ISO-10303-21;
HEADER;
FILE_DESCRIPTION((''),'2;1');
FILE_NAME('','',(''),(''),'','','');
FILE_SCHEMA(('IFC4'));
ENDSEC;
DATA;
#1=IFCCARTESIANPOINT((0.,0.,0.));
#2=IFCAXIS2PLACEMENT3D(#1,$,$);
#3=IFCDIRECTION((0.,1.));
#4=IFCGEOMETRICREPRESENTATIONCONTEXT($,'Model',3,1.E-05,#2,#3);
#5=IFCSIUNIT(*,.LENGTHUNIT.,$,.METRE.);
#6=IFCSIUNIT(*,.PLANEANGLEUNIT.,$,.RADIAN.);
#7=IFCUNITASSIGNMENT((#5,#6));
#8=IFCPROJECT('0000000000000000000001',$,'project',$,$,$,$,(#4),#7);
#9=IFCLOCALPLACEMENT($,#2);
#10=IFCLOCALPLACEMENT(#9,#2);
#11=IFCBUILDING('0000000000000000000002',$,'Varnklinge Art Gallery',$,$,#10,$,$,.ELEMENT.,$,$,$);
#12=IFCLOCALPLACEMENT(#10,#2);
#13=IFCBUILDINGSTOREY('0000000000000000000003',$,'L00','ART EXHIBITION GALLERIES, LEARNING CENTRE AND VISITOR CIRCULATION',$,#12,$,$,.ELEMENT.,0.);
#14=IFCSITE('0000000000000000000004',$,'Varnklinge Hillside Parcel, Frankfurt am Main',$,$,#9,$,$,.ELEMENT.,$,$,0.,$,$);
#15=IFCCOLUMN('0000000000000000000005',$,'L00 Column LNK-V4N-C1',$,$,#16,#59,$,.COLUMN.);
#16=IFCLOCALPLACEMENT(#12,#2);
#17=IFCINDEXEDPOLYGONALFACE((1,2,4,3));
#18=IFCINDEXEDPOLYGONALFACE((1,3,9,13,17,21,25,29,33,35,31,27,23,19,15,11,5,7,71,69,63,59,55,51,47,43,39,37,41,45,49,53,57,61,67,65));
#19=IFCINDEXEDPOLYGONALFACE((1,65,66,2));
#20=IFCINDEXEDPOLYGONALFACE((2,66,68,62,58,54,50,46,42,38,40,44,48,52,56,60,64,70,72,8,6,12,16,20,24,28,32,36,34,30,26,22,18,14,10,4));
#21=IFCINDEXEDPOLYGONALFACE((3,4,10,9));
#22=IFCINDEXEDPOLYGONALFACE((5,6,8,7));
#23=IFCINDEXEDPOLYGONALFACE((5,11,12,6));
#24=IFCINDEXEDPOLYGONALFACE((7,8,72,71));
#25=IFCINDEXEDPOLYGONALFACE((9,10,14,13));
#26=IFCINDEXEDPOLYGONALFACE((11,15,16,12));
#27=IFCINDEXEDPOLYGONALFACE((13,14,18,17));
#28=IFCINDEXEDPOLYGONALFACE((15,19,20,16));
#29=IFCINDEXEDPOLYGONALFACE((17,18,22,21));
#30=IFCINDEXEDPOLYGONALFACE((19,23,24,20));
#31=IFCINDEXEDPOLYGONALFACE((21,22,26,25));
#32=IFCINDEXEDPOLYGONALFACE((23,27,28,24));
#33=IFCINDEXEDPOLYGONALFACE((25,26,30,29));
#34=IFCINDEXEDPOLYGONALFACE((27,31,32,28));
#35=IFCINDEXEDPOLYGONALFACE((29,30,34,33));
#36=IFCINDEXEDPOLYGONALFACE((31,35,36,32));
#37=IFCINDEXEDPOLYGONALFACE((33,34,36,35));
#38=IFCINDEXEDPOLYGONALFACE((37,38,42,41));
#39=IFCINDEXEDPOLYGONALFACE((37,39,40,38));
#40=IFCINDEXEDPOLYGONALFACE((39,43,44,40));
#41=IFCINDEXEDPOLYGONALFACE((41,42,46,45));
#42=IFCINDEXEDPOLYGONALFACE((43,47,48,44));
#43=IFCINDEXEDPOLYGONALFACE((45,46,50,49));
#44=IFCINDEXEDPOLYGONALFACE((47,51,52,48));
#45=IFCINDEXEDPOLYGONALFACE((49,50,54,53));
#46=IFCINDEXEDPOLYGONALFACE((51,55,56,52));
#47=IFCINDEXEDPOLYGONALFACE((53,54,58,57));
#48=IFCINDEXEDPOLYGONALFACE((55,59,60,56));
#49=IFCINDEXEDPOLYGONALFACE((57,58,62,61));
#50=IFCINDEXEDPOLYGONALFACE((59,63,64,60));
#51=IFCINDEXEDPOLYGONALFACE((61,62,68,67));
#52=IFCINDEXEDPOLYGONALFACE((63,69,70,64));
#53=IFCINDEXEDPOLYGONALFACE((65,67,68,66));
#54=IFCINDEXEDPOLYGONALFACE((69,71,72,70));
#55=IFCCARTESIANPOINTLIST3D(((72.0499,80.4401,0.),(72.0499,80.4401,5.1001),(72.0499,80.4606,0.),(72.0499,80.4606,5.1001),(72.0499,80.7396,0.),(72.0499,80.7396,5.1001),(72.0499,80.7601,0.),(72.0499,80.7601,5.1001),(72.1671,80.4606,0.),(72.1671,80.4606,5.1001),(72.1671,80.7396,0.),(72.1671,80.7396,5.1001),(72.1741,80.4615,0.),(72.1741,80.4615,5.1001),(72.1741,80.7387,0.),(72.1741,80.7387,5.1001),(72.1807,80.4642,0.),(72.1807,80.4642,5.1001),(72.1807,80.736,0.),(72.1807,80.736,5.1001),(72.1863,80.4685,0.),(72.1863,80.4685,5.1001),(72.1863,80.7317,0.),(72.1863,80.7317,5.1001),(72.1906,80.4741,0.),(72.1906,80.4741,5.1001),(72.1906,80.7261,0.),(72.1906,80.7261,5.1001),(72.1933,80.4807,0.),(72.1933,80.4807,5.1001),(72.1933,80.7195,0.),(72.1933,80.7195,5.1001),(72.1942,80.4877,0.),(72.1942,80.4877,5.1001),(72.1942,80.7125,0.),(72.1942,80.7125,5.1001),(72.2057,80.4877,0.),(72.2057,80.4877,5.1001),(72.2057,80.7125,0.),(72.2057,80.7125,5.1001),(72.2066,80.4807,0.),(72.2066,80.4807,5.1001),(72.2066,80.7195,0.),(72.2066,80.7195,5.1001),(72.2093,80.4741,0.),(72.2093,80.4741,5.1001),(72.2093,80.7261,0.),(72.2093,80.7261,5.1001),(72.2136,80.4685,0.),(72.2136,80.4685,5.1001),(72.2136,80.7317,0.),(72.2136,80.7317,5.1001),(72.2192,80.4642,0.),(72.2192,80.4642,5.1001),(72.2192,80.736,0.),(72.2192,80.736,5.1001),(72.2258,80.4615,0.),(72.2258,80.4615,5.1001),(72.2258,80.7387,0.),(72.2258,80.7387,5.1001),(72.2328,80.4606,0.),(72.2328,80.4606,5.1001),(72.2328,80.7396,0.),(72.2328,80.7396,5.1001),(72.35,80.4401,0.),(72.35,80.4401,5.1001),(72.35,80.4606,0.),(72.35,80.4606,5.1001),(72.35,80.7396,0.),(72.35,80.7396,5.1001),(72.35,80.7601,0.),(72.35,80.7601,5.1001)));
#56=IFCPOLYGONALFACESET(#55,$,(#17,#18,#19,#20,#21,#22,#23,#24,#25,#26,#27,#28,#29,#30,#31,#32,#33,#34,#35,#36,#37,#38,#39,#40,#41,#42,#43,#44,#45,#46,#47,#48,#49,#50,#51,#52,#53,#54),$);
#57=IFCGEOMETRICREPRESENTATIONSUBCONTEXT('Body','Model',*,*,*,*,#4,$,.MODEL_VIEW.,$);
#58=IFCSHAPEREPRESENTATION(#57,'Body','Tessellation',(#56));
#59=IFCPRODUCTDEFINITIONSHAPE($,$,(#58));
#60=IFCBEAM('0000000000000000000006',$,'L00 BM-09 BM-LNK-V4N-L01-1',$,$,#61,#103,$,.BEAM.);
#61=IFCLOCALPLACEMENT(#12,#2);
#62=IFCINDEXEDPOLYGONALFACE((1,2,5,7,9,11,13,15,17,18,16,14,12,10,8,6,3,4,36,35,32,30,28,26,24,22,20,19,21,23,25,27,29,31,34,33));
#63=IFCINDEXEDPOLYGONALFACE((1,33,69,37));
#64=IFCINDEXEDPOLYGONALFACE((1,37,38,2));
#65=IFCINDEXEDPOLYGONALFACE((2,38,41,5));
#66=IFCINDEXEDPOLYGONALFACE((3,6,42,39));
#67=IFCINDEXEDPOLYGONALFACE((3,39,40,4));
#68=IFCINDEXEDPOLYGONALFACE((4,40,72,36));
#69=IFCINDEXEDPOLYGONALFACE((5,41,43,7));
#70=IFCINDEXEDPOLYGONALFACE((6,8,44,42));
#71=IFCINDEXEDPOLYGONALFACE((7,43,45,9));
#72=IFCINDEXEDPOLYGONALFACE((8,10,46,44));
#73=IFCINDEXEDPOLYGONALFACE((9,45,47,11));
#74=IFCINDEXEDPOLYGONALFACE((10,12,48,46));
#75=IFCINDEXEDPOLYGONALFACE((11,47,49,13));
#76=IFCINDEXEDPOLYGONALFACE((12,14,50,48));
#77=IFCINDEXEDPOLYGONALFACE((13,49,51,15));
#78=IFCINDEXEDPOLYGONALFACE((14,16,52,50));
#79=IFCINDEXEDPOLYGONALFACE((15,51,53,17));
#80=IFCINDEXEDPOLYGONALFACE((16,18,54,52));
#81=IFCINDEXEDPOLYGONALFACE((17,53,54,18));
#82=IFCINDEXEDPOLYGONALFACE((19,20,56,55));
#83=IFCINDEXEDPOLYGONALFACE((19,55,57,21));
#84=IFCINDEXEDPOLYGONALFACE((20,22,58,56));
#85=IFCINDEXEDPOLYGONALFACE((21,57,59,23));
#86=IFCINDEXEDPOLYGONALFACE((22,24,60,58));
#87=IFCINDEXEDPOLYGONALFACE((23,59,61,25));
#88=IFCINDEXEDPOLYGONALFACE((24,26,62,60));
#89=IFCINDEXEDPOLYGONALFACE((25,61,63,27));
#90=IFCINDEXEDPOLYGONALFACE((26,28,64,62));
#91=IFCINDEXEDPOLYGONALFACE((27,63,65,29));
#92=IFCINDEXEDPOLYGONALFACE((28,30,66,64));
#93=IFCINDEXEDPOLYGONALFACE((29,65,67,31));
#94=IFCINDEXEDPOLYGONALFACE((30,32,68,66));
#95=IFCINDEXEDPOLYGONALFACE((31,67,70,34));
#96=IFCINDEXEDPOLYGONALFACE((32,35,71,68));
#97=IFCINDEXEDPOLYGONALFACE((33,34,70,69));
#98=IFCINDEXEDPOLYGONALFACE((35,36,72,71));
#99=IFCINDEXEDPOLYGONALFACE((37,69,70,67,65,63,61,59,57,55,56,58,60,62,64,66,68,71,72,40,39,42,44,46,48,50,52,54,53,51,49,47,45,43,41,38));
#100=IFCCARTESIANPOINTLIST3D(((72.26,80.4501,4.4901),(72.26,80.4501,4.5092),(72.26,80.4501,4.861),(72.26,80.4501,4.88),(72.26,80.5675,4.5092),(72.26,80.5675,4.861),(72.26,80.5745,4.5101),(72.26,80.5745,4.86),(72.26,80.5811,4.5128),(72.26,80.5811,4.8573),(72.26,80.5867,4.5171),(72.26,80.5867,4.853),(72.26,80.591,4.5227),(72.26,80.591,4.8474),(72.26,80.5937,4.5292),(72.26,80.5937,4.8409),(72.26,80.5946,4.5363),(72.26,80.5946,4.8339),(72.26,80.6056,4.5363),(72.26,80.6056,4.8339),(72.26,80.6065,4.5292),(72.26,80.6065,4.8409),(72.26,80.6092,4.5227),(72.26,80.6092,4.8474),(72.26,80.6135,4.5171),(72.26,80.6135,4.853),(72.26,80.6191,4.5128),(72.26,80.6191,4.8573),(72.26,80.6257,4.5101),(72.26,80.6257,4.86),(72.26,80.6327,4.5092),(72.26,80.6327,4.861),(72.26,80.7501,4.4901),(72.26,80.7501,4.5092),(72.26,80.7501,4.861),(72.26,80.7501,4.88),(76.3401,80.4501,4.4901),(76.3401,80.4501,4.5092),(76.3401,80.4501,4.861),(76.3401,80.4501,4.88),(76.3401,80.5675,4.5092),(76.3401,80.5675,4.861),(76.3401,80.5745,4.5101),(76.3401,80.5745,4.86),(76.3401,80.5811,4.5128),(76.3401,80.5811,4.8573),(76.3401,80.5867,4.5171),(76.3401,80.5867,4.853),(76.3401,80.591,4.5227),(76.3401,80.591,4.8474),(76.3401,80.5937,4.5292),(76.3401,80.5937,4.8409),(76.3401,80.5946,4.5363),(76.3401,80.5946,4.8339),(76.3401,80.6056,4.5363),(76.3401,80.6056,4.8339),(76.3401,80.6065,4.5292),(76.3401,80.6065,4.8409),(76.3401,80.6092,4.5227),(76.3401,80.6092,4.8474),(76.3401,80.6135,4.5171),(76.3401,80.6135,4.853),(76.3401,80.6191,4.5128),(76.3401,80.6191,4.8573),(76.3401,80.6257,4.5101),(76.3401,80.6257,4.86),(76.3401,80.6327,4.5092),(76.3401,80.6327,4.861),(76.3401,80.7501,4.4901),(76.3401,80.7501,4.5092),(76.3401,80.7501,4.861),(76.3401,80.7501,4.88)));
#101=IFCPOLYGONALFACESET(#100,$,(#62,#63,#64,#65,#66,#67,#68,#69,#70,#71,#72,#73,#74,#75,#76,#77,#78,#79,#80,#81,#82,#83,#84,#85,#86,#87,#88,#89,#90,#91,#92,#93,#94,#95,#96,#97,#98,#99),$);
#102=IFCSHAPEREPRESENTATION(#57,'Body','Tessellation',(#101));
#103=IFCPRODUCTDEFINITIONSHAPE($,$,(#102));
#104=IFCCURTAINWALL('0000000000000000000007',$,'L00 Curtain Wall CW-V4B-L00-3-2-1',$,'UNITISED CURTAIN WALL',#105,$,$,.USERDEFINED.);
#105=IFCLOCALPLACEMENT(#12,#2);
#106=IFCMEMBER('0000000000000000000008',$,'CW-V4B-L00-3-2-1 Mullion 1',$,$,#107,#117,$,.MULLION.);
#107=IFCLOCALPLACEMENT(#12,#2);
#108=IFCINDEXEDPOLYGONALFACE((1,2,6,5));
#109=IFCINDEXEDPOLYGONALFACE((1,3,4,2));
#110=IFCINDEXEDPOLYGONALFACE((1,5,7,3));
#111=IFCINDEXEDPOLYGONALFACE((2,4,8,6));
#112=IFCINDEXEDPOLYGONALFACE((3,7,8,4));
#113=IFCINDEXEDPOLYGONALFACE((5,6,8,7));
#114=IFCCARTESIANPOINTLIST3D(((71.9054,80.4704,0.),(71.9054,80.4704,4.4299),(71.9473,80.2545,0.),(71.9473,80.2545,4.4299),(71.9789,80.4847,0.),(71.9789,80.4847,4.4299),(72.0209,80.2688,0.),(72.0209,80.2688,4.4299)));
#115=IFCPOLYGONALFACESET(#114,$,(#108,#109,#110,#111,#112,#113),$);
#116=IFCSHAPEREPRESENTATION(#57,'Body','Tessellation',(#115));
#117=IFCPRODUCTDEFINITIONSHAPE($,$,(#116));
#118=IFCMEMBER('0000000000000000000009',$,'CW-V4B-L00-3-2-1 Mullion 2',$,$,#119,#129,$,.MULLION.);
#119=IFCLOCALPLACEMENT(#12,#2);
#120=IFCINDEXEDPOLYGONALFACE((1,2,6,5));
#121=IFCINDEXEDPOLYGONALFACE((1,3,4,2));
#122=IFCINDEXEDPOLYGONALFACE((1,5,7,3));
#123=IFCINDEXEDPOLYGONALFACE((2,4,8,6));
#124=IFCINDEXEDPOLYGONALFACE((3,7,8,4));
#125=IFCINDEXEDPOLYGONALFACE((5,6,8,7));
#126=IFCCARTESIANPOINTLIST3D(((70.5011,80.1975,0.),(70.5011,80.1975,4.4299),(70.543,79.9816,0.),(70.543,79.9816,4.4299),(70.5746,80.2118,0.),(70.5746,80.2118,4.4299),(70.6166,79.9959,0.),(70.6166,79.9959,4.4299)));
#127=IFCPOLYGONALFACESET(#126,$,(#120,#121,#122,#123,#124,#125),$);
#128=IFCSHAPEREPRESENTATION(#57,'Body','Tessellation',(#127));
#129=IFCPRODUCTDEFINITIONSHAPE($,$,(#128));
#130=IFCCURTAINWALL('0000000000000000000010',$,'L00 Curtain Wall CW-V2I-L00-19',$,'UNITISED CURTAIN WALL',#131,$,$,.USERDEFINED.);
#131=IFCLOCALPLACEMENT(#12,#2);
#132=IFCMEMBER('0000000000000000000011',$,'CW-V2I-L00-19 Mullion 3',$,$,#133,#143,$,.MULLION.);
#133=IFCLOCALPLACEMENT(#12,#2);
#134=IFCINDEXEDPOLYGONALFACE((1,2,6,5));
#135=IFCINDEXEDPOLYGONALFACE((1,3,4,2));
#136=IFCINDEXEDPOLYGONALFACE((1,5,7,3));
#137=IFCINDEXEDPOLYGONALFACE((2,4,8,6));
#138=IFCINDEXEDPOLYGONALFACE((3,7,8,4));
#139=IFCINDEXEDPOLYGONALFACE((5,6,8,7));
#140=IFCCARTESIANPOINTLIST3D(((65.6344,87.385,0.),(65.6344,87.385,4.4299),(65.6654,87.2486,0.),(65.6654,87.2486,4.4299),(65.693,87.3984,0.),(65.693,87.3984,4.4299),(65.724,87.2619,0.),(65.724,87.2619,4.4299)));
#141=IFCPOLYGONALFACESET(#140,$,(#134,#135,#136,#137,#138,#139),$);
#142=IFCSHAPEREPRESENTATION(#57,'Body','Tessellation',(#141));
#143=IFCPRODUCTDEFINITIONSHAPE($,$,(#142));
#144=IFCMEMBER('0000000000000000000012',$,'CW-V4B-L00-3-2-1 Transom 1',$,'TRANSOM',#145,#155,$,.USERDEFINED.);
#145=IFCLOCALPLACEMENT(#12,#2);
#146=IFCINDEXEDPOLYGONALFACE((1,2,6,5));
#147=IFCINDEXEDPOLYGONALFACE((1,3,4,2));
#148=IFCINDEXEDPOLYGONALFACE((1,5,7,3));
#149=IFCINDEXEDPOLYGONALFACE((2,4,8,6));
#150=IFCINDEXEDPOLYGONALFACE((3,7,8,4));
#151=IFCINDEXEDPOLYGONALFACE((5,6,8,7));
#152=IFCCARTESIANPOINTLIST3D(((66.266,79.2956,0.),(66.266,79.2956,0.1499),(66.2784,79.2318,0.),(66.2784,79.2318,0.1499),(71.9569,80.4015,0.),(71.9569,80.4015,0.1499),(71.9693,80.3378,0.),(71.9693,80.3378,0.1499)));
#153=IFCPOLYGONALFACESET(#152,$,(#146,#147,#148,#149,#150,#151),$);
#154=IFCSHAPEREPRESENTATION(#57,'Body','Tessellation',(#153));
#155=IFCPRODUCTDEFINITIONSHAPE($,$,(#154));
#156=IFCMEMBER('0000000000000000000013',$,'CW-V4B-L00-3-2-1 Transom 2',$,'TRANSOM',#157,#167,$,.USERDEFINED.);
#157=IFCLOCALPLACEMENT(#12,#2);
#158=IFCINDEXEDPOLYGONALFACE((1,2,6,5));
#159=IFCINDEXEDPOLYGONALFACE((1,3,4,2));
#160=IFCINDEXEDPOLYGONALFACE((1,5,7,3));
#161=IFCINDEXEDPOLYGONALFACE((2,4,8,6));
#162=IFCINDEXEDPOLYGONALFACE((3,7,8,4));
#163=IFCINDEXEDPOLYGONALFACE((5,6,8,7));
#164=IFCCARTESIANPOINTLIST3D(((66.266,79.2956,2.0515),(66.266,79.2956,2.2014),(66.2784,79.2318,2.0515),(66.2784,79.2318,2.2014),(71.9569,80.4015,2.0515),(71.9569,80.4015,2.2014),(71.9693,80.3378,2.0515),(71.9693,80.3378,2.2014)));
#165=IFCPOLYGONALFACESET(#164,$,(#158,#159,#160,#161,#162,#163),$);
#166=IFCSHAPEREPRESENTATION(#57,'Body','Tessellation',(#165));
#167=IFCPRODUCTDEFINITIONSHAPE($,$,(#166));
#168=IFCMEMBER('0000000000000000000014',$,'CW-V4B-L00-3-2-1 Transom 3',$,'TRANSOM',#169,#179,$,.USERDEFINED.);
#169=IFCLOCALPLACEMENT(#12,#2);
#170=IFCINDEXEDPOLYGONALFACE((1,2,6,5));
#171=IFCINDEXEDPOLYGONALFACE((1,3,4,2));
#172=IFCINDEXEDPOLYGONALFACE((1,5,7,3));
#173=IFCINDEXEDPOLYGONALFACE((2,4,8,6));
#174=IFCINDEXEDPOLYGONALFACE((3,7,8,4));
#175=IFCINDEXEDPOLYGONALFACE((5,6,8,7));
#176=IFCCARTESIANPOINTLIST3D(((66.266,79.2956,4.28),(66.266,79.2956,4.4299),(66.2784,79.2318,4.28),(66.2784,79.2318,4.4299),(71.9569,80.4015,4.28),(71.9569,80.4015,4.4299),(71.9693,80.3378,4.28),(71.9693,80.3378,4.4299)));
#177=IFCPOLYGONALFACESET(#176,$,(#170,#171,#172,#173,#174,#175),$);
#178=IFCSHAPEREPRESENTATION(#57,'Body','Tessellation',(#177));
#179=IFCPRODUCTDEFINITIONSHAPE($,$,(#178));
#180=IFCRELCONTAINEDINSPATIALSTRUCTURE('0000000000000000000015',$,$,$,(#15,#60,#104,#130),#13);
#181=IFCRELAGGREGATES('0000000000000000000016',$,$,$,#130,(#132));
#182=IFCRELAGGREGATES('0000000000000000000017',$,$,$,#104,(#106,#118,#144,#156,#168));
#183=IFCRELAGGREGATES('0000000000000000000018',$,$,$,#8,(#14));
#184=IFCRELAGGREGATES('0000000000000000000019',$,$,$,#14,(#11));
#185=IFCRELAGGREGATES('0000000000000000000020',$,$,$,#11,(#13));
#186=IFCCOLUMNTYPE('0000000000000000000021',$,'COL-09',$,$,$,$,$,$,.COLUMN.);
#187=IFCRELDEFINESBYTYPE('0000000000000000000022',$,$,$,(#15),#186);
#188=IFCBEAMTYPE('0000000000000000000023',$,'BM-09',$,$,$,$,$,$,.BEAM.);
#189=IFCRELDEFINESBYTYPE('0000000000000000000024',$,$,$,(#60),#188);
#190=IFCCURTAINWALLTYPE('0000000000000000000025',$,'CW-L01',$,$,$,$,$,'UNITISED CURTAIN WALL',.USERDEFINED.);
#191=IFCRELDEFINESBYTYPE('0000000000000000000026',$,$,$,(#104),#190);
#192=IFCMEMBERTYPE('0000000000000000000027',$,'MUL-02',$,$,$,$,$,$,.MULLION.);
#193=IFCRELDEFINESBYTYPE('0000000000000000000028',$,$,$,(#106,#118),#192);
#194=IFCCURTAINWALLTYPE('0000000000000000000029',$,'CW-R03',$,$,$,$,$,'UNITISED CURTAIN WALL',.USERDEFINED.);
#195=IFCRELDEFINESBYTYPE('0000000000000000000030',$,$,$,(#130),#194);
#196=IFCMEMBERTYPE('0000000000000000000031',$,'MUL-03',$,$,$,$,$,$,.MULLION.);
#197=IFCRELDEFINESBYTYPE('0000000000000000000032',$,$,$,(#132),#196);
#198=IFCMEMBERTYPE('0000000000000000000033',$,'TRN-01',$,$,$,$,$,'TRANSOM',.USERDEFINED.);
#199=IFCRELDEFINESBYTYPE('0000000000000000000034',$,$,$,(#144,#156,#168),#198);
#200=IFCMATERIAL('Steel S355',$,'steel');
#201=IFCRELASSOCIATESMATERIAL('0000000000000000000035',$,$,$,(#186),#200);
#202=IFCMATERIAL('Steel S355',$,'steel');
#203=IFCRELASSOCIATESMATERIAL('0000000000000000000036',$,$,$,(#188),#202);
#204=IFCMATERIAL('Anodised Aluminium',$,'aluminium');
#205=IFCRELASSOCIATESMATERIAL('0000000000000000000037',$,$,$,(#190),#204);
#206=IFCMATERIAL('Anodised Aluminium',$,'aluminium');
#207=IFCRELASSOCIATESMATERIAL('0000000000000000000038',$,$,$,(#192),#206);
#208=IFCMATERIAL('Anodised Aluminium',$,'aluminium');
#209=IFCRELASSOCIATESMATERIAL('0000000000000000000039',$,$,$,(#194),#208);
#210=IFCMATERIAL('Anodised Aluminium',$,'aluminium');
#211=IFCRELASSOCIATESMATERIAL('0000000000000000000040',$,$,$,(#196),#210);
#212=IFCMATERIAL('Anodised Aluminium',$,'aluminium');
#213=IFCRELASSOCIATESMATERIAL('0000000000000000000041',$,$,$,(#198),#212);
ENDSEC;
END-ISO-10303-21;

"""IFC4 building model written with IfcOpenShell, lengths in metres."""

from ifc_helpers import new_model, si_unit, direction, frame, origin, origin_2d, place, context, subcontext, project, spatial, rectangle, i_section, extrude, material, material_profile, profile_set, type_object, element, aggregate, save


model = new_model("IFC4")

# Units and contexts
model_context = context("Model", 3, precision=1e-05, world=origin(), true_north=direction((0.0, 1.0)))
body_context = subcontext(model_context, "Body", "Model", "MODEL_VIEW")
ifc_project = project(units=[si_unit("LENGTHUNIT", "METRE"), si_unit("PLANEANGLEUNIT", "RADIAN")], contexts=[model_context])

# Site, building, storey
site_placement = place(None, origin())
site = spatial("IfcSite", under=ifc_project, at=site_placement, Name="Varnklinge Hillside Parcel, Frankfurt am Main", CompositionType="ELEMENT", RefElevation=0.0)
building_placement = place(site_placement, origin())
building = spatial("IfcBuilding", under=site, at=building_placement, Name="Varnklinge Art Gallery", CompositionType="ELEMENT")
storey_placement = place(building_placement, origin())
storey = spatial("IfcBuildingStorey", under=building, at=storey_placement, Name="L00", Description="ART EXHIBITION GALLERIES, LEARNING CENTRE AND VISITOR CIRCULATION", CompositionType="ELEMENT", Elevation=0.0)

# Column
ifc_material_1 = material(Name="Steel S355", Category="steel")
ifc_material_profile_1 = material_profile(ifc_material_1, i_section(OverallWidth=0.3, OverallDepth=0.3201, WebThickness=0.0115, FlangeThickness=0.0205, FilletRadius=0.0271, at=origin_2d()), Name="HEB 320")
ifc_profile_set_1 = profile_set([ifc_material_profile_1], Name="Steel S355")
column_type = type_object("IfcColumnType", Name="COL-09", PredefinedType="COLUMN", material=ifc_profile_set_1)
column_placement = place(storey_placement, frame((72.2, 80.6001, 0.0), z_axis=(0.0, 0.0, 1.0), x_axis=(1.0, 0.0, 0.0)))
element("IfcColumn", 1, at=column_placement, inside=storey, type_object=column_type, Name="L00 Column LNK-V4N-C1", PredefinedType="COLUMN", context=body_context, shape_type="SweptSolid", body=[
    extrude(i_section(OverallWidth=0.3, OverallDepth=0.3201, WebThickness=0.0115, FlangeThickness=0.0205, FilletRadius=0.0271, at=origin_2d()), origin(), (0.0, 0.0, 1.0), 5.1001),
])

# Beam
ifc_material_2 = material(Name="Steel S355", Category="steel")
ifc_material_profile_2 = material_profile(ifc_material_2, i_section(OverallWidth=0.3, OverallDepth=0.3899, WebThickness=0.011, FlangeThickness=0.019, FilletRadius=0.0271, at=origin_2d()), Name="HEA 400")
ifc_profile_set_2 = profile_set([ifc_material_profile_2], Name="Steel S355")
beam_type = type_object("IfcBeamType", Name="BM-09", PredefinedType="BEAM", material=ifc_profile_set_2)
beam_placement = place(storey_placement, frame((72.26, 80.6001, 4.6851), z_axis=(1.0, 0.0, 0.0), x_axis=(0.0, 1.0, 0.0)))
element("IfcBeam", 2, at=beam_placement, inside=storey, type_object=beam_type, Name="L00 BM-09 BM-LNK-V4N-L01-1", PredefinedType="BEAM", context=body_context, shape_type="SweptSolid", body=[
    extrude(i_section(OverallWidth=0.3, OverallDepth=0.3899, WebThickness=0.011, FlangeThickness=0.019, FilletRadius=0.0271, at=origin_2d()), origin(), (0.0, 0.0, 1.0), 4.0801),
])

# Curtain wall, members
ifc_material_3 = material(Name="Anodised Aluminium", Category="aluminium")
curtain_wall_type_1 = type_object("IfcCurtainWallType", Name="CW-L01", ElementType="UNITISED CURTAIN WALL", PredefinedType="USERDEFINED", material=ifc_material_3)
curtain_wall_1_placement = place(storey_placement, origin())
curtain_wall_1 = element("IfcCurtainWall", 3, at=curtain_wall_1_placement, inside=storey, type_object=curtain_wall_type_1, Name="L00 Curtain Wall CW-V4B-L00-3-2-1", ObjectType="UNITISED CURTAIN WALL", PredefinedType="USERDEFINED")
ifc_material_4 = material(Name="Anodised Aluminium", Category="aluminium")
ifc_material_profile_3 = material_profile(ifc_material_4, rectangle(XDim=0.075, YDim=0.22, at=origin_2d()), Name="ALU 75x220")
ifc_profile_set_3 = profile_set([ifc_material_profile_3], Name="Anodised Aluminium")
member_type_1 = type_object("IfcMemberType", Name="MUL-02", PredefinedType="MULLION", material=ifc_profile_set_3)
member_1_placement = place(storey_placement, frame((71.9631, 80.3696, 0.0), z_axis=(0.0, 0.0, 1.0), x_axis=(-0.981627, -0.190809, 0.0)))
member_1 = element("IfcMember", 4, at=member_1_placement, type_object=member_type_1, Name="CW-V4B-L00-3-2-1 Mullion 1", PredefinedType="MULLION", context=body_context, shape_type="SweptSolid", body=[
    extrude(rectangle(XDim=0.075, YDim=0.22, at=origin_2d()), origin(), (0.0, 0.0, 1.0), 4.4299),
])
member_2_placement = place(storey_placement, frame((70.5588, 80.0967, 0.0), z_axis=(0.0, 0.0, 1.0), x_axis=(-0.981627, -0.190809, 0.0)))
member_2 = element("IfcMember", 5, at=member_2_placement, type_object=member_type_1, Name="CW-V4B-L00-3-2-1 Mullion 2", PredefinedType="MULLION", context=body_context, shape_type="SweptSolid", body=[
    extrude(rectangle(XDim=0.075, YDim=0.22, at=origin_2d()), origin(), (0.0, 0.0, 1.0), 4.4299),
])

# Curtain wall, member
ifc_material_5 = material(Name="Anodised Aluminium", Category="aluminium")
curtain_wall_type_2 = type_object("IfcCurtainWallType", Name="CW-R03", ElementType="UNITISED CURTAIN WALL", PredefinedType="USERDEFINED", material=ifc_material_5)
curtain_wall_2_placement = place(storey_placement, origin())
curtain_wall_2 = element("IfcCurtainWall", 6, at=curtain_wall_2_placement, inside=storey, type_object=curtain_wall_type_2, Name="L00 Curtain Wall CW-V2I-L00-19", ObjectType="UNITISED CURTAIN WALL", PredefinedType="USERDEFINED")
ifc_material_6 = material(Name="Anodised Aluminium", Category="aluminium")
ifc_material_profile_4 = material_profile(ifc_material_6, rectangle(XDim=0.0601, YDim=0.1399, at=origin_2d()), Name="ALU 60x140")
ifc_profile_set_4 = profile_set([ifc_material_profile_4], Name="Anodised Aluminium")
member_type_2 = type_object("IfcMemberType", Name="MUL-03", PredefinedType="MULLION", material=ifc_profile_set_4)
member_3_placement = place(storey_placement, frame((65.6792, 87.3235, 0.0), z_axis=(0.0, 0.0, 1.0), x_axis=(0.975072, 0.221889, 0.0)))
member_3 = element("IfcMember", 7, at=member_3_placement, type_object=member_type_2, Name="CW-V2I-L00-19 Mullion 3", PredefinedType="MULLION", context=body_context, shape_type="SweptSolid", body=[
    extrude(rectangle(XDim=0.0601, YDim=0.1399, at=origin_2d()), origin(), (0.0, 0.0, 1.0), 4.4299),
])

# Members
ifc_material_7 = material(Name="Anodised Aluminium", Category="aluminium")
ifc_material_profile_5 = material_profile(ifc_material_7, rectangle(XDim=0.0649, YDim=0.1499, at=origin_2d()), Name="ALU 65x150")
ifc_profile_set_5 = profile_set([ifc_material_profile_5], Name="Anodised Aluminium")
member_type_3 = type_object("IfcMemberType", Name="TRN-01", ElementType="TRANSOM", PredefinedType="USERDEFINED", material=ifc_profile_set_5)
member_4_placement = place(storey_placement, frame((71.9631, 80.3696, 0.075), z_axis=(-0.981635, -0.190768, 0.0), x_axis=(0.190768, -0.981635, 0.0)))
member_4 = element("IfcMember", 8, at=member_4_placement, type_object=member_type_3, Name="CW-V4B-L00-3-2-1 Transom 1", ObjectType="TRANSOM", PredefinedType="USERDEFINED", context=body_context, shape_type="SweptSolid", body=[
    extrude(rectangle(XDim=0.0649, YDim=0.1499, at=origin_2d()), origin(), (0.0, 0.0, 1.0), 5.7974),
])
member_5_placement = place(storey_placement, frame((71.9631, 80.3696, 2.1265), z_axis=(-0.981635, -0.190768, 0.0), x_axis=(0.190768, -0.981635, 0.0)))
member_5 = element("IfcMember", 9, at=member_5_placement, type_object=member_type_3, Name="CW-V4B-L00-3-2-1 Transom 2", ObjectType="TRANSOM", PredefinedType="USERDEFINED", context=body_context, shape_type="SweptSolid", body=[
    extrude(rectangle(XDim=0.0649, YDim=0.1499, at=origin_2d()), origin(), (0.0, 0.0, 1.0), 5.7974),
])
member_6_placement = place(storey_placement, frame((71.9631, 80.3696, 4.355), z_axis=(-0.981635, -0.190768, 0.0), x_axis=(0.190768, -0.981635, 0.0)))
member_6 = element("IfcMember", 10, at=member_6_placement, type_object=member_type_3, Name="CW-V4B-L00-3-2-1 Transom 3", ObjectType="TRANSOM", PredefinedType="USERDEFINED", context=body_context, shape_type="SweptSolid", body=[
    extrude(rectangle(XDim=0.0649, YDim=0.1499, at=origin_2d()), origin(), (0.0, 0.0, 1.0), 5.7974),
])

aggregate(curtain_wall_2, [member_3])
aggregate(curtain_wall_1, [member_1, member_2, member_4, member_5, member_6])

save(model, "model.ifc")
